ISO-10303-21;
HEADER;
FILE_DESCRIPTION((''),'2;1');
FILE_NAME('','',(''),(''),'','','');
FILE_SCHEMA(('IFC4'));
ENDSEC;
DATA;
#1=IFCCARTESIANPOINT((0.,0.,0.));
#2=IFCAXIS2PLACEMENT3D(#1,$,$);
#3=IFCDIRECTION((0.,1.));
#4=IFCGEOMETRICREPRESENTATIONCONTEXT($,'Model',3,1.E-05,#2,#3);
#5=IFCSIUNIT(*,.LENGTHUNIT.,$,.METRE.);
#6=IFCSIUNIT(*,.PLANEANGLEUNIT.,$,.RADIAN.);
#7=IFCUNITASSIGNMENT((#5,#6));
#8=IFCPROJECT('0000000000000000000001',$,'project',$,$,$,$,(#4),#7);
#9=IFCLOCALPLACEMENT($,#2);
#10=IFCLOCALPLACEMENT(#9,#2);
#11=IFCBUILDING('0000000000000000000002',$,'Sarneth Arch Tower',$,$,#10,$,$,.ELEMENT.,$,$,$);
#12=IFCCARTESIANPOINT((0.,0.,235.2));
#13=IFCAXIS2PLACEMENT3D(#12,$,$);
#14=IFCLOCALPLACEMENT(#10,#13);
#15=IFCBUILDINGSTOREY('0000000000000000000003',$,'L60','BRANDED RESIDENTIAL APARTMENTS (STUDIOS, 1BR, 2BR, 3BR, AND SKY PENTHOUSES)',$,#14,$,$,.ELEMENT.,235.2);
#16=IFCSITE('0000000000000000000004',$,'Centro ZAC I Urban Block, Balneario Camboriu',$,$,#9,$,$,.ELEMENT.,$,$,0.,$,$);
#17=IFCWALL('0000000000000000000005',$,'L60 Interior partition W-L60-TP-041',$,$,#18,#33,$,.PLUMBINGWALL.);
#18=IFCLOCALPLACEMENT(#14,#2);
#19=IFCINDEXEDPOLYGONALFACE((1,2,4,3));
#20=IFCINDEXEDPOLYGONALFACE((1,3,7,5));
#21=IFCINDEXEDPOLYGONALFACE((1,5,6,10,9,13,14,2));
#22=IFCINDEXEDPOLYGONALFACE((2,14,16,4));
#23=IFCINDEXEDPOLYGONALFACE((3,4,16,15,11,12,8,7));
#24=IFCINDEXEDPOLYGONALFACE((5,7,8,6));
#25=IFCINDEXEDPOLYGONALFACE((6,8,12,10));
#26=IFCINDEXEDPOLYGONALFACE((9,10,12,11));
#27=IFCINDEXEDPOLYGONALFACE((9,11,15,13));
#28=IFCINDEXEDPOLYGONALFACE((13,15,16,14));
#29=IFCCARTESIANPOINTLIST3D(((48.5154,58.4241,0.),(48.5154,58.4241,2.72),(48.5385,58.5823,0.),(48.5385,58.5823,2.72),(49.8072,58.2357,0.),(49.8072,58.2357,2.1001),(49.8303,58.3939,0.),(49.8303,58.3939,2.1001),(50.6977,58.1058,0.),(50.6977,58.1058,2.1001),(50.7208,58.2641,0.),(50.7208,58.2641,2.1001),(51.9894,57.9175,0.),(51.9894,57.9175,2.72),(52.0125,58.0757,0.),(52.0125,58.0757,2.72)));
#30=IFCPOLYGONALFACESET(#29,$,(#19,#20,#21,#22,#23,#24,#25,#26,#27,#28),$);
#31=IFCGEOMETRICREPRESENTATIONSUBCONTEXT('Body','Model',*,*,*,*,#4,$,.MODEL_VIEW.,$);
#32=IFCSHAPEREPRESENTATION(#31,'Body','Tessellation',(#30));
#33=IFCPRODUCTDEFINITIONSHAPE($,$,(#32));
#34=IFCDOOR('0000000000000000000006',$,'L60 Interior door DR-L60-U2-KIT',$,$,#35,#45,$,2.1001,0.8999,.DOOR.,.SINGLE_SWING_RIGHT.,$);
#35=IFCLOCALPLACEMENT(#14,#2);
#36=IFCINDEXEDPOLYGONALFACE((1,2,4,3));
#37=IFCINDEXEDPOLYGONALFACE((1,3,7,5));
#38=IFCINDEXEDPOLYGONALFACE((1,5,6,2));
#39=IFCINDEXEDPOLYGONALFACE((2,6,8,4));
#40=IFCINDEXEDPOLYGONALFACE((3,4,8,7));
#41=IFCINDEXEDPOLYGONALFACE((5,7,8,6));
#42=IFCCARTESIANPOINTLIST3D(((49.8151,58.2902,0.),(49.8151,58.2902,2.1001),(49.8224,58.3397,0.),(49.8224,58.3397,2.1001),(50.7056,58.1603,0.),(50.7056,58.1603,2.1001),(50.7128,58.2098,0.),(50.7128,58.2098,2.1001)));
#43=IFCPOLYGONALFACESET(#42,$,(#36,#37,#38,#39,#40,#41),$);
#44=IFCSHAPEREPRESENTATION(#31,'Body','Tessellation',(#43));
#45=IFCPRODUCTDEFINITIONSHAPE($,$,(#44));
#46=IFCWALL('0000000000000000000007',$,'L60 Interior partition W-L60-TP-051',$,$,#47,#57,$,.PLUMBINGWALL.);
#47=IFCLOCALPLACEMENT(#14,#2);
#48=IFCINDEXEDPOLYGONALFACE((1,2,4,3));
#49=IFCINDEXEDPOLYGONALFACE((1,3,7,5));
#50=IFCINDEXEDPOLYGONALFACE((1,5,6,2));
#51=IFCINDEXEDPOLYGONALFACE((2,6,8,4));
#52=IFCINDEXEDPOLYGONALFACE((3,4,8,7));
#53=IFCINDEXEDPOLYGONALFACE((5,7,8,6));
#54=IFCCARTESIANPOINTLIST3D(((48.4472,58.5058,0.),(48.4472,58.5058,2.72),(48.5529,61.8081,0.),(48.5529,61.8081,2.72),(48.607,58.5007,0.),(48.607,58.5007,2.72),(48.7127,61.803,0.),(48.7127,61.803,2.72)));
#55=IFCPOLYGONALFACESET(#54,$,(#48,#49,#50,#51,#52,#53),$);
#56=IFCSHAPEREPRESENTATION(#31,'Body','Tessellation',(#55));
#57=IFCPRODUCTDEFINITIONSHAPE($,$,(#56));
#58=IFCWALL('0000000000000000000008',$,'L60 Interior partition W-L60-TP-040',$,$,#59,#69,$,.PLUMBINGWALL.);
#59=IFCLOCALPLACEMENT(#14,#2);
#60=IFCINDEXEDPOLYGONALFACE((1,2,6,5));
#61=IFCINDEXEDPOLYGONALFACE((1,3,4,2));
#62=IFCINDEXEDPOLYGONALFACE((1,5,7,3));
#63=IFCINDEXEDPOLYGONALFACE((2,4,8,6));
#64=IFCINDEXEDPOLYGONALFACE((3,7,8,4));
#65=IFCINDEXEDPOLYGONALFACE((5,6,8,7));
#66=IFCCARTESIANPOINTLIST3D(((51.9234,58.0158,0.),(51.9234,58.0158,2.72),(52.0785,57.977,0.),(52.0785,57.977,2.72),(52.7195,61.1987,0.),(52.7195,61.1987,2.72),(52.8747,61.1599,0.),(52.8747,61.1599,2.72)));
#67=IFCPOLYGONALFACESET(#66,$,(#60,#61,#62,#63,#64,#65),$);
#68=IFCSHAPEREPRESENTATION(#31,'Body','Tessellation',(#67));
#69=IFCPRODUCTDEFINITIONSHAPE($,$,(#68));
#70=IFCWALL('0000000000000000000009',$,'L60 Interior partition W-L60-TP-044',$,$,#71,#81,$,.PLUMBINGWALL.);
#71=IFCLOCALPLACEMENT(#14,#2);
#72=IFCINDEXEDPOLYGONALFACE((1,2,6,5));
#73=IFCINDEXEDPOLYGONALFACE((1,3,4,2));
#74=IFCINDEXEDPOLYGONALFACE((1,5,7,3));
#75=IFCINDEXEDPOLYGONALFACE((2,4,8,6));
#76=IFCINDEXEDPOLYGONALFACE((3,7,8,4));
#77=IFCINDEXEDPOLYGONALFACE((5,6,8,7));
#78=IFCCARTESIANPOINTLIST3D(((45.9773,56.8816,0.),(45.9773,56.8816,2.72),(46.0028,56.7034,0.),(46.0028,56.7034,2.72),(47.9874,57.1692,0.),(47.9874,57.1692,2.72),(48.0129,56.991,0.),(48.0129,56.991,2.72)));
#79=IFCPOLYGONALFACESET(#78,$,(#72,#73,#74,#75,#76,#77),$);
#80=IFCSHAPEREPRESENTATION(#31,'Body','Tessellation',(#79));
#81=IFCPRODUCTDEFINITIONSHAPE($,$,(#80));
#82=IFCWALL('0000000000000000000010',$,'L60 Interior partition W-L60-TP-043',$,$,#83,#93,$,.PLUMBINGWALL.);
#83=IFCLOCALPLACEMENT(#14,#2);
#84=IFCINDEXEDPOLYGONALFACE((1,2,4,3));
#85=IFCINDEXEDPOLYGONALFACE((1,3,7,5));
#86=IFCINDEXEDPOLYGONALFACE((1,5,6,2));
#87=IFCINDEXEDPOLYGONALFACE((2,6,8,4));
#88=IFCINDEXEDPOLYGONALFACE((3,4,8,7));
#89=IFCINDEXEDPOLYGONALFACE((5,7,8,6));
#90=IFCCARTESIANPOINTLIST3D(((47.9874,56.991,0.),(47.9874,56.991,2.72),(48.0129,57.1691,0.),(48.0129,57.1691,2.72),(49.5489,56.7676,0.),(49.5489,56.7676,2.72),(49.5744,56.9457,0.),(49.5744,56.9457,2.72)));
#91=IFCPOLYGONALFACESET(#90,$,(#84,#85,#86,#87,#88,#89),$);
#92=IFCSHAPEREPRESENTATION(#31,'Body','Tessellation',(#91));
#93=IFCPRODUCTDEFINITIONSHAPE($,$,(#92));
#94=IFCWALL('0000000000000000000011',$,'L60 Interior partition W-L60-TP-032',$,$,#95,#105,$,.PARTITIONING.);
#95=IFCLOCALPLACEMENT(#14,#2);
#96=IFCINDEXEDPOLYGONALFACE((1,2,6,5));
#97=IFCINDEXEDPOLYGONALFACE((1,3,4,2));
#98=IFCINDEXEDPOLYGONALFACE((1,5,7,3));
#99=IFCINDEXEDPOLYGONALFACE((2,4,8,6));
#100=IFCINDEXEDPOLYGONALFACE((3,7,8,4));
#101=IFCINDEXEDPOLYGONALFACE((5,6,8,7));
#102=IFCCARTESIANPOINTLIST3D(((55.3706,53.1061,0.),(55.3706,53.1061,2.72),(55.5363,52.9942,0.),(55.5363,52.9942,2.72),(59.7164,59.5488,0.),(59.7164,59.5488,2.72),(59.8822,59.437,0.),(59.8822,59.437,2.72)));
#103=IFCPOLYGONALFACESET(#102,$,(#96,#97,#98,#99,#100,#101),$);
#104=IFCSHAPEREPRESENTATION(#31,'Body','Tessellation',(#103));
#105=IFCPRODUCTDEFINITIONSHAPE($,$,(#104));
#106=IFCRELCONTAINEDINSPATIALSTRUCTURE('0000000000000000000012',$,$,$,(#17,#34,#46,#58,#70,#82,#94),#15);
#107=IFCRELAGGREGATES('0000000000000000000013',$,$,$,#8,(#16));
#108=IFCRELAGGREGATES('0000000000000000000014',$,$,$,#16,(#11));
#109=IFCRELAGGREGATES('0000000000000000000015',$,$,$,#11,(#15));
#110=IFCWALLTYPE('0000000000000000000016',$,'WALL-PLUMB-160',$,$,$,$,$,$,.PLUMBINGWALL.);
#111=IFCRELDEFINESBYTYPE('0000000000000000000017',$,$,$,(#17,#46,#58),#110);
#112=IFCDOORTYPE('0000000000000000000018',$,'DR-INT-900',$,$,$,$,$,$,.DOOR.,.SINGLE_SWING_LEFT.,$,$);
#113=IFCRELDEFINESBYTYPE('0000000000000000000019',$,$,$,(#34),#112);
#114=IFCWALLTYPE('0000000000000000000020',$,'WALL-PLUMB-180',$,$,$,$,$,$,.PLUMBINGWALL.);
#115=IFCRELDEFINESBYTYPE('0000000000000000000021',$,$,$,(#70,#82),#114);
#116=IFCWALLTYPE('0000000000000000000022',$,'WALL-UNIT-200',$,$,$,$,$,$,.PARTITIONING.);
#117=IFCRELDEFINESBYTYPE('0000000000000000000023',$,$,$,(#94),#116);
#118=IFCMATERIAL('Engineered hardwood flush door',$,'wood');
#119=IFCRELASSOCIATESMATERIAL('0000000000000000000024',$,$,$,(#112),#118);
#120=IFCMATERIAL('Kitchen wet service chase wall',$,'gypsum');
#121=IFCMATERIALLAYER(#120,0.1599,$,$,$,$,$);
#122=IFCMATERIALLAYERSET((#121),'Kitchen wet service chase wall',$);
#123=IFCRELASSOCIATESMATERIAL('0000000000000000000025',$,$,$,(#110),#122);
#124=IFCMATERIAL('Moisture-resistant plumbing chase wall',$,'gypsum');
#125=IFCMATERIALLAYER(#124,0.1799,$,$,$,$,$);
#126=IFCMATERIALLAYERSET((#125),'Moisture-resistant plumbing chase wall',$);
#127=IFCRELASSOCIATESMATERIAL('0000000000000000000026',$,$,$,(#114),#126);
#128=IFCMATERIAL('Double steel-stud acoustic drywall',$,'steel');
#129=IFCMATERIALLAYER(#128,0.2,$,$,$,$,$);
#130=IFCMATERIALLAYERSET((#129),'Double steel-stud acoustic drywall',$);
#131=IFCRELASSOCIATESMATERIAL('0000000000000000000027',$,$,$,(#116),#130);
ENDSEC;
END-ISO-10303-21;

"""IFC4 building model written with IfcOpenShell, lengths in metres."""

from ifc_helpers import new_model, si_unit, direction, frame, frame_2d, origin, place, context, subcontext, project, spatial, rectangle, extrude, material, layer, layer_set, type_object, element, fill, save


model = new_model("IFC4")

# Units and contexts
model_context = context("Model", 3, precision=1e-05, world=origin(), true_north=direction((0.0, 1.0)))
body_context = subcontext(model_context, "Body", "Model", "MODEL_VIEW")
ifc_project = project(units=[si_unit("LENGTHUNIT", "METRE"), si_unit("PLANEANGLEUNIT", "RADIAN")], contexts=[model_context])

# Site, building, storey
site_placement = place(None, origin())
site = spatial("IfcSite", under=ifc_project, at=site_placement, Name="Centro ZAC I Urban Block, Balneario Camboriu", CompositionType="ELEMENT", RefElevation=0.0)
building_placement = place(site_placement, origin())
building = spatial("IfcBuilding", under=site, at=building_placement, Name="Sarneth Arch Tower", CompositionType="ELEMENT")
storey_placement = place(building_placement, frame((0.0, 0.0, 235.2)))
storey = spatial("IfcBuildingStorey", under=building, at=storey_placement, Name="L60", Description="BRANDED RESIDENTIAL APARTMENTS (STUDIOS, 1BR, 2BR, 3BR, AND SKY PENTHOUSES)", CompositionType="ELEMENT", Elevation=235.2)

# Shared definitions
ifc_material_1 = material(Name="Engineered hardwood flush door", Category="wood")
door_type_1 = type_object("IfcDoorType", Name="DR-INT-900", OperationType="SINGLE_SWING_LEFT", PredefinedType="DOOR", material=ifc_material_1)

# Wall, opening, door
ifc_material_2 = material(Name="Kitchen wet service chase wall", Category="gypsum")
ifc_layer_1 = layer(ifc_material_2, 0.1599)
ifc_layer_set_1 = layer_set([ifc_layer_1], Name="Kitchen wet service chase wall")
wall_type_1 = type_object("IfcWallType", Name="WALL-PLUMB-160", PredefinedType="PLUMBINGWALL", material=ifc_layer_set_1)
wall_1_placement = place(storey_placement, frame((52.001, 57.9966, 0.0), z_axis=(0.0, 0.0, 1.0), x_axis=(-0.989534, 0.144303, 0.0)))
wall_1 = element("IfcWall", 1, at=wall_1_placement, inside=storey, type_object=wall_type_1, Name="L60 Interior partition W-L60-TP-041", PredefinedType="PLUMBINGWALL", context=body_context, shape_type="SweptSolid", body=[
    extrude(rectangle(XDim=3.5107, YDim=0.1599, at=frame_2d((1.7554, 0.0))), origin(), (0.0, 0.0, 1.0), 2.72),
])
opening_1_placement = place(wall_1_placement, frame((1.3054, 0.0, 0.0)))
opening_1 = element("IfcOpeningElement", 2, at=opening_1_placement, cuts=wall_1, PredefinedType="OPENING", context=body_context, shape_type="SweptSolid", body=[
    extrude(rectangle(XDim=0.8999, YDim=2.1001, at=frame_2d((0.45, 1.05))), frame((0.0, 0.0898, 0.0), z_axis=(0.0, -1.0, 0.0), x_axis=(1.0, 0.0, 0.0)), (0.0, 0.0, 1.0), 0.1799),
])
door_1_placement = place(opening_1_placement, origin())
door_1 = element("IfcDoor", 3, at=door_1_placement, inside=storey, type_object=door_type_1, Name="L60 Interior door DR-L60-U2-KIT", OperationType="SINGLE_SWING_RIGHT", OverallHeight=2.1001, OverallWidth=0.8999, PredefinedType="DOOR", context=body_context, shape_type="SweptSolid", body=[
    extrude(rectangle(XDim=0.8999, YDim=2.1001, at=frame_2d((0.45, 1.05))), frame((0.0, 0.0249, 0.0), z_axis=(0.0, -1.0, 0.0), x_axis=(1.0, 0.0, 0.0)), (0.0, 0.0, 1.0), 0.05),
])
fill(opening_1, door_1)

# Walls
wall_2_placement = place(storey_placement, frame((48.6328, 61.8054, 0.0), z_axis=(0.0, 0.0, 1.0), x_axis=(-0.031996, -0.999488, 0.0)))
element("IfcWall", 4, at=wall_2_placement, inside=storey, type_object=wall_type_1, Name="L60 Interior partition W-L60-TP-051", PredefinedType="PLUMBINGWALL", context=body_context, shape_type="SweptSolid", body=[
    extrude(rectangle(XDim=3.304, YDim=0.1599, at=frame_2d((1.6519, 0.0))), origin(), (0.0, 0.0, 1.0), 2.72),
])
wall_3_placement = place(storey_placement, frame((52.7971, 61.1794, 0.0), z_axis=(0.0, 0.0, 1.0), x_axis=(-0.242658, -0.970112, 0.0)))
element("IfcWall", 5, at=wall_3_placement, inside=storey, type_object=wall_type_1, Name="L60 Interior partition W-L60-TP-040", PredefinedType="PLUMBINGWALL", context=body_context, shape_type="SweptSolid", body=[
    extrude(rectangle(XDim=3.281, YDim=0.1599, at=frame_2d((1.6406, 0.0))), origin(), (0.0, 0.0, 1.0), 2.72),
])
ifc_material_3 = material(Name="Moisture-resistant plumbing chase wall", Category="gypsum")
ifc_layer_2 = layer(ifc_material_3, 0.1799)
ifc_layer_set_2 = layer_set([ifc_layer_2], Name="Moisture-resistant plumbing chase wall")
wall_type_2 = type_object("IfcWallType", Name="WALL-PLUMB-180", PredefinedType="PLUMBINGWALL", material=ifc_layer_set_2)
wall_4_placement = place(storey_placement, frame((48.0, 57.0801, 0.0), z_axis=(0.0, 0.0, 1.0), x_axis=(-0.989918, -0.14164, 0.0)))
element("IfcWall", 6, at=wall_4_placement, inside=storey, type_object=wall_type_2, Name="L60 Interior partition W-L60-TP-044", PredefinedType="PLUMBINGWALL", context=body_context, shape_type="SweptSolid", body=[
    extrude(rectangle(XDim=2.0305, YDim=0.1799, at=frame_2d((1.0151, 0.0))), origin(), (0.0, 0.0, 1.0), 2.72),
])
wall_5_placement = place(storey_placement, frame((49.5615, 56.8567, 0.0), z_axis=(0.0, 0.0, 1.0), x_axis=(-0.989922, 0.141616, 0.0)))
element("IfcWall", 7, at=wall_5_placement, inside=storey, type_object=wall_type_2, Name="L60 Interior partition W-L60-TP-043", PredefinedType="PLUMBINGWALL", context=body_context, shape_type="SweptSolid", body=[
    extrude(rectangle(XDim=1.5774, YDim=0.1799, at=frame_2d((0.7886, 0.0))), origin(), (0.0, 0.0, 1.0), 2.72),
])
ifc_material_4 = material(Name="Double steel-stud acoustic drywall", Category="steel")
ifc_layer_3 = layer(ifc_material_4, 0.2)
ifc_layer_set_3 = layer_set([ifc_layer_3], Name="Double steel-stud acoustic drywall")
wall_type_3 = type_object("IfcWallType", Name="WALL-UNIT-200", PredefinedType="PARTITIONING", material=ifc_layer_set_3)
wall_6_placement = place(storey_placement, frame((59.7993, 59.4929, 0.0), z_axis=(0.0, 0.0, 1.0), x_axis=(-0.559208, -0.829027, 0.0)))
element("IfcWall", 8, at=wall_6_placement, inside=storey, type_object=wall_type_3, Name="L60 Interior partition W-L60-TP-032", PredefinedType="PARTITIONING", context=body_context, shape_type="SweptSolid", body=[
    extrude(rectangle(XDim=7.7715, YDim=0.2, at=frame_2d((3.8857, 0.0))), origin(), (0.0, 0.0, 1.0), 2.72),
])

save(model, "model.ifc")
